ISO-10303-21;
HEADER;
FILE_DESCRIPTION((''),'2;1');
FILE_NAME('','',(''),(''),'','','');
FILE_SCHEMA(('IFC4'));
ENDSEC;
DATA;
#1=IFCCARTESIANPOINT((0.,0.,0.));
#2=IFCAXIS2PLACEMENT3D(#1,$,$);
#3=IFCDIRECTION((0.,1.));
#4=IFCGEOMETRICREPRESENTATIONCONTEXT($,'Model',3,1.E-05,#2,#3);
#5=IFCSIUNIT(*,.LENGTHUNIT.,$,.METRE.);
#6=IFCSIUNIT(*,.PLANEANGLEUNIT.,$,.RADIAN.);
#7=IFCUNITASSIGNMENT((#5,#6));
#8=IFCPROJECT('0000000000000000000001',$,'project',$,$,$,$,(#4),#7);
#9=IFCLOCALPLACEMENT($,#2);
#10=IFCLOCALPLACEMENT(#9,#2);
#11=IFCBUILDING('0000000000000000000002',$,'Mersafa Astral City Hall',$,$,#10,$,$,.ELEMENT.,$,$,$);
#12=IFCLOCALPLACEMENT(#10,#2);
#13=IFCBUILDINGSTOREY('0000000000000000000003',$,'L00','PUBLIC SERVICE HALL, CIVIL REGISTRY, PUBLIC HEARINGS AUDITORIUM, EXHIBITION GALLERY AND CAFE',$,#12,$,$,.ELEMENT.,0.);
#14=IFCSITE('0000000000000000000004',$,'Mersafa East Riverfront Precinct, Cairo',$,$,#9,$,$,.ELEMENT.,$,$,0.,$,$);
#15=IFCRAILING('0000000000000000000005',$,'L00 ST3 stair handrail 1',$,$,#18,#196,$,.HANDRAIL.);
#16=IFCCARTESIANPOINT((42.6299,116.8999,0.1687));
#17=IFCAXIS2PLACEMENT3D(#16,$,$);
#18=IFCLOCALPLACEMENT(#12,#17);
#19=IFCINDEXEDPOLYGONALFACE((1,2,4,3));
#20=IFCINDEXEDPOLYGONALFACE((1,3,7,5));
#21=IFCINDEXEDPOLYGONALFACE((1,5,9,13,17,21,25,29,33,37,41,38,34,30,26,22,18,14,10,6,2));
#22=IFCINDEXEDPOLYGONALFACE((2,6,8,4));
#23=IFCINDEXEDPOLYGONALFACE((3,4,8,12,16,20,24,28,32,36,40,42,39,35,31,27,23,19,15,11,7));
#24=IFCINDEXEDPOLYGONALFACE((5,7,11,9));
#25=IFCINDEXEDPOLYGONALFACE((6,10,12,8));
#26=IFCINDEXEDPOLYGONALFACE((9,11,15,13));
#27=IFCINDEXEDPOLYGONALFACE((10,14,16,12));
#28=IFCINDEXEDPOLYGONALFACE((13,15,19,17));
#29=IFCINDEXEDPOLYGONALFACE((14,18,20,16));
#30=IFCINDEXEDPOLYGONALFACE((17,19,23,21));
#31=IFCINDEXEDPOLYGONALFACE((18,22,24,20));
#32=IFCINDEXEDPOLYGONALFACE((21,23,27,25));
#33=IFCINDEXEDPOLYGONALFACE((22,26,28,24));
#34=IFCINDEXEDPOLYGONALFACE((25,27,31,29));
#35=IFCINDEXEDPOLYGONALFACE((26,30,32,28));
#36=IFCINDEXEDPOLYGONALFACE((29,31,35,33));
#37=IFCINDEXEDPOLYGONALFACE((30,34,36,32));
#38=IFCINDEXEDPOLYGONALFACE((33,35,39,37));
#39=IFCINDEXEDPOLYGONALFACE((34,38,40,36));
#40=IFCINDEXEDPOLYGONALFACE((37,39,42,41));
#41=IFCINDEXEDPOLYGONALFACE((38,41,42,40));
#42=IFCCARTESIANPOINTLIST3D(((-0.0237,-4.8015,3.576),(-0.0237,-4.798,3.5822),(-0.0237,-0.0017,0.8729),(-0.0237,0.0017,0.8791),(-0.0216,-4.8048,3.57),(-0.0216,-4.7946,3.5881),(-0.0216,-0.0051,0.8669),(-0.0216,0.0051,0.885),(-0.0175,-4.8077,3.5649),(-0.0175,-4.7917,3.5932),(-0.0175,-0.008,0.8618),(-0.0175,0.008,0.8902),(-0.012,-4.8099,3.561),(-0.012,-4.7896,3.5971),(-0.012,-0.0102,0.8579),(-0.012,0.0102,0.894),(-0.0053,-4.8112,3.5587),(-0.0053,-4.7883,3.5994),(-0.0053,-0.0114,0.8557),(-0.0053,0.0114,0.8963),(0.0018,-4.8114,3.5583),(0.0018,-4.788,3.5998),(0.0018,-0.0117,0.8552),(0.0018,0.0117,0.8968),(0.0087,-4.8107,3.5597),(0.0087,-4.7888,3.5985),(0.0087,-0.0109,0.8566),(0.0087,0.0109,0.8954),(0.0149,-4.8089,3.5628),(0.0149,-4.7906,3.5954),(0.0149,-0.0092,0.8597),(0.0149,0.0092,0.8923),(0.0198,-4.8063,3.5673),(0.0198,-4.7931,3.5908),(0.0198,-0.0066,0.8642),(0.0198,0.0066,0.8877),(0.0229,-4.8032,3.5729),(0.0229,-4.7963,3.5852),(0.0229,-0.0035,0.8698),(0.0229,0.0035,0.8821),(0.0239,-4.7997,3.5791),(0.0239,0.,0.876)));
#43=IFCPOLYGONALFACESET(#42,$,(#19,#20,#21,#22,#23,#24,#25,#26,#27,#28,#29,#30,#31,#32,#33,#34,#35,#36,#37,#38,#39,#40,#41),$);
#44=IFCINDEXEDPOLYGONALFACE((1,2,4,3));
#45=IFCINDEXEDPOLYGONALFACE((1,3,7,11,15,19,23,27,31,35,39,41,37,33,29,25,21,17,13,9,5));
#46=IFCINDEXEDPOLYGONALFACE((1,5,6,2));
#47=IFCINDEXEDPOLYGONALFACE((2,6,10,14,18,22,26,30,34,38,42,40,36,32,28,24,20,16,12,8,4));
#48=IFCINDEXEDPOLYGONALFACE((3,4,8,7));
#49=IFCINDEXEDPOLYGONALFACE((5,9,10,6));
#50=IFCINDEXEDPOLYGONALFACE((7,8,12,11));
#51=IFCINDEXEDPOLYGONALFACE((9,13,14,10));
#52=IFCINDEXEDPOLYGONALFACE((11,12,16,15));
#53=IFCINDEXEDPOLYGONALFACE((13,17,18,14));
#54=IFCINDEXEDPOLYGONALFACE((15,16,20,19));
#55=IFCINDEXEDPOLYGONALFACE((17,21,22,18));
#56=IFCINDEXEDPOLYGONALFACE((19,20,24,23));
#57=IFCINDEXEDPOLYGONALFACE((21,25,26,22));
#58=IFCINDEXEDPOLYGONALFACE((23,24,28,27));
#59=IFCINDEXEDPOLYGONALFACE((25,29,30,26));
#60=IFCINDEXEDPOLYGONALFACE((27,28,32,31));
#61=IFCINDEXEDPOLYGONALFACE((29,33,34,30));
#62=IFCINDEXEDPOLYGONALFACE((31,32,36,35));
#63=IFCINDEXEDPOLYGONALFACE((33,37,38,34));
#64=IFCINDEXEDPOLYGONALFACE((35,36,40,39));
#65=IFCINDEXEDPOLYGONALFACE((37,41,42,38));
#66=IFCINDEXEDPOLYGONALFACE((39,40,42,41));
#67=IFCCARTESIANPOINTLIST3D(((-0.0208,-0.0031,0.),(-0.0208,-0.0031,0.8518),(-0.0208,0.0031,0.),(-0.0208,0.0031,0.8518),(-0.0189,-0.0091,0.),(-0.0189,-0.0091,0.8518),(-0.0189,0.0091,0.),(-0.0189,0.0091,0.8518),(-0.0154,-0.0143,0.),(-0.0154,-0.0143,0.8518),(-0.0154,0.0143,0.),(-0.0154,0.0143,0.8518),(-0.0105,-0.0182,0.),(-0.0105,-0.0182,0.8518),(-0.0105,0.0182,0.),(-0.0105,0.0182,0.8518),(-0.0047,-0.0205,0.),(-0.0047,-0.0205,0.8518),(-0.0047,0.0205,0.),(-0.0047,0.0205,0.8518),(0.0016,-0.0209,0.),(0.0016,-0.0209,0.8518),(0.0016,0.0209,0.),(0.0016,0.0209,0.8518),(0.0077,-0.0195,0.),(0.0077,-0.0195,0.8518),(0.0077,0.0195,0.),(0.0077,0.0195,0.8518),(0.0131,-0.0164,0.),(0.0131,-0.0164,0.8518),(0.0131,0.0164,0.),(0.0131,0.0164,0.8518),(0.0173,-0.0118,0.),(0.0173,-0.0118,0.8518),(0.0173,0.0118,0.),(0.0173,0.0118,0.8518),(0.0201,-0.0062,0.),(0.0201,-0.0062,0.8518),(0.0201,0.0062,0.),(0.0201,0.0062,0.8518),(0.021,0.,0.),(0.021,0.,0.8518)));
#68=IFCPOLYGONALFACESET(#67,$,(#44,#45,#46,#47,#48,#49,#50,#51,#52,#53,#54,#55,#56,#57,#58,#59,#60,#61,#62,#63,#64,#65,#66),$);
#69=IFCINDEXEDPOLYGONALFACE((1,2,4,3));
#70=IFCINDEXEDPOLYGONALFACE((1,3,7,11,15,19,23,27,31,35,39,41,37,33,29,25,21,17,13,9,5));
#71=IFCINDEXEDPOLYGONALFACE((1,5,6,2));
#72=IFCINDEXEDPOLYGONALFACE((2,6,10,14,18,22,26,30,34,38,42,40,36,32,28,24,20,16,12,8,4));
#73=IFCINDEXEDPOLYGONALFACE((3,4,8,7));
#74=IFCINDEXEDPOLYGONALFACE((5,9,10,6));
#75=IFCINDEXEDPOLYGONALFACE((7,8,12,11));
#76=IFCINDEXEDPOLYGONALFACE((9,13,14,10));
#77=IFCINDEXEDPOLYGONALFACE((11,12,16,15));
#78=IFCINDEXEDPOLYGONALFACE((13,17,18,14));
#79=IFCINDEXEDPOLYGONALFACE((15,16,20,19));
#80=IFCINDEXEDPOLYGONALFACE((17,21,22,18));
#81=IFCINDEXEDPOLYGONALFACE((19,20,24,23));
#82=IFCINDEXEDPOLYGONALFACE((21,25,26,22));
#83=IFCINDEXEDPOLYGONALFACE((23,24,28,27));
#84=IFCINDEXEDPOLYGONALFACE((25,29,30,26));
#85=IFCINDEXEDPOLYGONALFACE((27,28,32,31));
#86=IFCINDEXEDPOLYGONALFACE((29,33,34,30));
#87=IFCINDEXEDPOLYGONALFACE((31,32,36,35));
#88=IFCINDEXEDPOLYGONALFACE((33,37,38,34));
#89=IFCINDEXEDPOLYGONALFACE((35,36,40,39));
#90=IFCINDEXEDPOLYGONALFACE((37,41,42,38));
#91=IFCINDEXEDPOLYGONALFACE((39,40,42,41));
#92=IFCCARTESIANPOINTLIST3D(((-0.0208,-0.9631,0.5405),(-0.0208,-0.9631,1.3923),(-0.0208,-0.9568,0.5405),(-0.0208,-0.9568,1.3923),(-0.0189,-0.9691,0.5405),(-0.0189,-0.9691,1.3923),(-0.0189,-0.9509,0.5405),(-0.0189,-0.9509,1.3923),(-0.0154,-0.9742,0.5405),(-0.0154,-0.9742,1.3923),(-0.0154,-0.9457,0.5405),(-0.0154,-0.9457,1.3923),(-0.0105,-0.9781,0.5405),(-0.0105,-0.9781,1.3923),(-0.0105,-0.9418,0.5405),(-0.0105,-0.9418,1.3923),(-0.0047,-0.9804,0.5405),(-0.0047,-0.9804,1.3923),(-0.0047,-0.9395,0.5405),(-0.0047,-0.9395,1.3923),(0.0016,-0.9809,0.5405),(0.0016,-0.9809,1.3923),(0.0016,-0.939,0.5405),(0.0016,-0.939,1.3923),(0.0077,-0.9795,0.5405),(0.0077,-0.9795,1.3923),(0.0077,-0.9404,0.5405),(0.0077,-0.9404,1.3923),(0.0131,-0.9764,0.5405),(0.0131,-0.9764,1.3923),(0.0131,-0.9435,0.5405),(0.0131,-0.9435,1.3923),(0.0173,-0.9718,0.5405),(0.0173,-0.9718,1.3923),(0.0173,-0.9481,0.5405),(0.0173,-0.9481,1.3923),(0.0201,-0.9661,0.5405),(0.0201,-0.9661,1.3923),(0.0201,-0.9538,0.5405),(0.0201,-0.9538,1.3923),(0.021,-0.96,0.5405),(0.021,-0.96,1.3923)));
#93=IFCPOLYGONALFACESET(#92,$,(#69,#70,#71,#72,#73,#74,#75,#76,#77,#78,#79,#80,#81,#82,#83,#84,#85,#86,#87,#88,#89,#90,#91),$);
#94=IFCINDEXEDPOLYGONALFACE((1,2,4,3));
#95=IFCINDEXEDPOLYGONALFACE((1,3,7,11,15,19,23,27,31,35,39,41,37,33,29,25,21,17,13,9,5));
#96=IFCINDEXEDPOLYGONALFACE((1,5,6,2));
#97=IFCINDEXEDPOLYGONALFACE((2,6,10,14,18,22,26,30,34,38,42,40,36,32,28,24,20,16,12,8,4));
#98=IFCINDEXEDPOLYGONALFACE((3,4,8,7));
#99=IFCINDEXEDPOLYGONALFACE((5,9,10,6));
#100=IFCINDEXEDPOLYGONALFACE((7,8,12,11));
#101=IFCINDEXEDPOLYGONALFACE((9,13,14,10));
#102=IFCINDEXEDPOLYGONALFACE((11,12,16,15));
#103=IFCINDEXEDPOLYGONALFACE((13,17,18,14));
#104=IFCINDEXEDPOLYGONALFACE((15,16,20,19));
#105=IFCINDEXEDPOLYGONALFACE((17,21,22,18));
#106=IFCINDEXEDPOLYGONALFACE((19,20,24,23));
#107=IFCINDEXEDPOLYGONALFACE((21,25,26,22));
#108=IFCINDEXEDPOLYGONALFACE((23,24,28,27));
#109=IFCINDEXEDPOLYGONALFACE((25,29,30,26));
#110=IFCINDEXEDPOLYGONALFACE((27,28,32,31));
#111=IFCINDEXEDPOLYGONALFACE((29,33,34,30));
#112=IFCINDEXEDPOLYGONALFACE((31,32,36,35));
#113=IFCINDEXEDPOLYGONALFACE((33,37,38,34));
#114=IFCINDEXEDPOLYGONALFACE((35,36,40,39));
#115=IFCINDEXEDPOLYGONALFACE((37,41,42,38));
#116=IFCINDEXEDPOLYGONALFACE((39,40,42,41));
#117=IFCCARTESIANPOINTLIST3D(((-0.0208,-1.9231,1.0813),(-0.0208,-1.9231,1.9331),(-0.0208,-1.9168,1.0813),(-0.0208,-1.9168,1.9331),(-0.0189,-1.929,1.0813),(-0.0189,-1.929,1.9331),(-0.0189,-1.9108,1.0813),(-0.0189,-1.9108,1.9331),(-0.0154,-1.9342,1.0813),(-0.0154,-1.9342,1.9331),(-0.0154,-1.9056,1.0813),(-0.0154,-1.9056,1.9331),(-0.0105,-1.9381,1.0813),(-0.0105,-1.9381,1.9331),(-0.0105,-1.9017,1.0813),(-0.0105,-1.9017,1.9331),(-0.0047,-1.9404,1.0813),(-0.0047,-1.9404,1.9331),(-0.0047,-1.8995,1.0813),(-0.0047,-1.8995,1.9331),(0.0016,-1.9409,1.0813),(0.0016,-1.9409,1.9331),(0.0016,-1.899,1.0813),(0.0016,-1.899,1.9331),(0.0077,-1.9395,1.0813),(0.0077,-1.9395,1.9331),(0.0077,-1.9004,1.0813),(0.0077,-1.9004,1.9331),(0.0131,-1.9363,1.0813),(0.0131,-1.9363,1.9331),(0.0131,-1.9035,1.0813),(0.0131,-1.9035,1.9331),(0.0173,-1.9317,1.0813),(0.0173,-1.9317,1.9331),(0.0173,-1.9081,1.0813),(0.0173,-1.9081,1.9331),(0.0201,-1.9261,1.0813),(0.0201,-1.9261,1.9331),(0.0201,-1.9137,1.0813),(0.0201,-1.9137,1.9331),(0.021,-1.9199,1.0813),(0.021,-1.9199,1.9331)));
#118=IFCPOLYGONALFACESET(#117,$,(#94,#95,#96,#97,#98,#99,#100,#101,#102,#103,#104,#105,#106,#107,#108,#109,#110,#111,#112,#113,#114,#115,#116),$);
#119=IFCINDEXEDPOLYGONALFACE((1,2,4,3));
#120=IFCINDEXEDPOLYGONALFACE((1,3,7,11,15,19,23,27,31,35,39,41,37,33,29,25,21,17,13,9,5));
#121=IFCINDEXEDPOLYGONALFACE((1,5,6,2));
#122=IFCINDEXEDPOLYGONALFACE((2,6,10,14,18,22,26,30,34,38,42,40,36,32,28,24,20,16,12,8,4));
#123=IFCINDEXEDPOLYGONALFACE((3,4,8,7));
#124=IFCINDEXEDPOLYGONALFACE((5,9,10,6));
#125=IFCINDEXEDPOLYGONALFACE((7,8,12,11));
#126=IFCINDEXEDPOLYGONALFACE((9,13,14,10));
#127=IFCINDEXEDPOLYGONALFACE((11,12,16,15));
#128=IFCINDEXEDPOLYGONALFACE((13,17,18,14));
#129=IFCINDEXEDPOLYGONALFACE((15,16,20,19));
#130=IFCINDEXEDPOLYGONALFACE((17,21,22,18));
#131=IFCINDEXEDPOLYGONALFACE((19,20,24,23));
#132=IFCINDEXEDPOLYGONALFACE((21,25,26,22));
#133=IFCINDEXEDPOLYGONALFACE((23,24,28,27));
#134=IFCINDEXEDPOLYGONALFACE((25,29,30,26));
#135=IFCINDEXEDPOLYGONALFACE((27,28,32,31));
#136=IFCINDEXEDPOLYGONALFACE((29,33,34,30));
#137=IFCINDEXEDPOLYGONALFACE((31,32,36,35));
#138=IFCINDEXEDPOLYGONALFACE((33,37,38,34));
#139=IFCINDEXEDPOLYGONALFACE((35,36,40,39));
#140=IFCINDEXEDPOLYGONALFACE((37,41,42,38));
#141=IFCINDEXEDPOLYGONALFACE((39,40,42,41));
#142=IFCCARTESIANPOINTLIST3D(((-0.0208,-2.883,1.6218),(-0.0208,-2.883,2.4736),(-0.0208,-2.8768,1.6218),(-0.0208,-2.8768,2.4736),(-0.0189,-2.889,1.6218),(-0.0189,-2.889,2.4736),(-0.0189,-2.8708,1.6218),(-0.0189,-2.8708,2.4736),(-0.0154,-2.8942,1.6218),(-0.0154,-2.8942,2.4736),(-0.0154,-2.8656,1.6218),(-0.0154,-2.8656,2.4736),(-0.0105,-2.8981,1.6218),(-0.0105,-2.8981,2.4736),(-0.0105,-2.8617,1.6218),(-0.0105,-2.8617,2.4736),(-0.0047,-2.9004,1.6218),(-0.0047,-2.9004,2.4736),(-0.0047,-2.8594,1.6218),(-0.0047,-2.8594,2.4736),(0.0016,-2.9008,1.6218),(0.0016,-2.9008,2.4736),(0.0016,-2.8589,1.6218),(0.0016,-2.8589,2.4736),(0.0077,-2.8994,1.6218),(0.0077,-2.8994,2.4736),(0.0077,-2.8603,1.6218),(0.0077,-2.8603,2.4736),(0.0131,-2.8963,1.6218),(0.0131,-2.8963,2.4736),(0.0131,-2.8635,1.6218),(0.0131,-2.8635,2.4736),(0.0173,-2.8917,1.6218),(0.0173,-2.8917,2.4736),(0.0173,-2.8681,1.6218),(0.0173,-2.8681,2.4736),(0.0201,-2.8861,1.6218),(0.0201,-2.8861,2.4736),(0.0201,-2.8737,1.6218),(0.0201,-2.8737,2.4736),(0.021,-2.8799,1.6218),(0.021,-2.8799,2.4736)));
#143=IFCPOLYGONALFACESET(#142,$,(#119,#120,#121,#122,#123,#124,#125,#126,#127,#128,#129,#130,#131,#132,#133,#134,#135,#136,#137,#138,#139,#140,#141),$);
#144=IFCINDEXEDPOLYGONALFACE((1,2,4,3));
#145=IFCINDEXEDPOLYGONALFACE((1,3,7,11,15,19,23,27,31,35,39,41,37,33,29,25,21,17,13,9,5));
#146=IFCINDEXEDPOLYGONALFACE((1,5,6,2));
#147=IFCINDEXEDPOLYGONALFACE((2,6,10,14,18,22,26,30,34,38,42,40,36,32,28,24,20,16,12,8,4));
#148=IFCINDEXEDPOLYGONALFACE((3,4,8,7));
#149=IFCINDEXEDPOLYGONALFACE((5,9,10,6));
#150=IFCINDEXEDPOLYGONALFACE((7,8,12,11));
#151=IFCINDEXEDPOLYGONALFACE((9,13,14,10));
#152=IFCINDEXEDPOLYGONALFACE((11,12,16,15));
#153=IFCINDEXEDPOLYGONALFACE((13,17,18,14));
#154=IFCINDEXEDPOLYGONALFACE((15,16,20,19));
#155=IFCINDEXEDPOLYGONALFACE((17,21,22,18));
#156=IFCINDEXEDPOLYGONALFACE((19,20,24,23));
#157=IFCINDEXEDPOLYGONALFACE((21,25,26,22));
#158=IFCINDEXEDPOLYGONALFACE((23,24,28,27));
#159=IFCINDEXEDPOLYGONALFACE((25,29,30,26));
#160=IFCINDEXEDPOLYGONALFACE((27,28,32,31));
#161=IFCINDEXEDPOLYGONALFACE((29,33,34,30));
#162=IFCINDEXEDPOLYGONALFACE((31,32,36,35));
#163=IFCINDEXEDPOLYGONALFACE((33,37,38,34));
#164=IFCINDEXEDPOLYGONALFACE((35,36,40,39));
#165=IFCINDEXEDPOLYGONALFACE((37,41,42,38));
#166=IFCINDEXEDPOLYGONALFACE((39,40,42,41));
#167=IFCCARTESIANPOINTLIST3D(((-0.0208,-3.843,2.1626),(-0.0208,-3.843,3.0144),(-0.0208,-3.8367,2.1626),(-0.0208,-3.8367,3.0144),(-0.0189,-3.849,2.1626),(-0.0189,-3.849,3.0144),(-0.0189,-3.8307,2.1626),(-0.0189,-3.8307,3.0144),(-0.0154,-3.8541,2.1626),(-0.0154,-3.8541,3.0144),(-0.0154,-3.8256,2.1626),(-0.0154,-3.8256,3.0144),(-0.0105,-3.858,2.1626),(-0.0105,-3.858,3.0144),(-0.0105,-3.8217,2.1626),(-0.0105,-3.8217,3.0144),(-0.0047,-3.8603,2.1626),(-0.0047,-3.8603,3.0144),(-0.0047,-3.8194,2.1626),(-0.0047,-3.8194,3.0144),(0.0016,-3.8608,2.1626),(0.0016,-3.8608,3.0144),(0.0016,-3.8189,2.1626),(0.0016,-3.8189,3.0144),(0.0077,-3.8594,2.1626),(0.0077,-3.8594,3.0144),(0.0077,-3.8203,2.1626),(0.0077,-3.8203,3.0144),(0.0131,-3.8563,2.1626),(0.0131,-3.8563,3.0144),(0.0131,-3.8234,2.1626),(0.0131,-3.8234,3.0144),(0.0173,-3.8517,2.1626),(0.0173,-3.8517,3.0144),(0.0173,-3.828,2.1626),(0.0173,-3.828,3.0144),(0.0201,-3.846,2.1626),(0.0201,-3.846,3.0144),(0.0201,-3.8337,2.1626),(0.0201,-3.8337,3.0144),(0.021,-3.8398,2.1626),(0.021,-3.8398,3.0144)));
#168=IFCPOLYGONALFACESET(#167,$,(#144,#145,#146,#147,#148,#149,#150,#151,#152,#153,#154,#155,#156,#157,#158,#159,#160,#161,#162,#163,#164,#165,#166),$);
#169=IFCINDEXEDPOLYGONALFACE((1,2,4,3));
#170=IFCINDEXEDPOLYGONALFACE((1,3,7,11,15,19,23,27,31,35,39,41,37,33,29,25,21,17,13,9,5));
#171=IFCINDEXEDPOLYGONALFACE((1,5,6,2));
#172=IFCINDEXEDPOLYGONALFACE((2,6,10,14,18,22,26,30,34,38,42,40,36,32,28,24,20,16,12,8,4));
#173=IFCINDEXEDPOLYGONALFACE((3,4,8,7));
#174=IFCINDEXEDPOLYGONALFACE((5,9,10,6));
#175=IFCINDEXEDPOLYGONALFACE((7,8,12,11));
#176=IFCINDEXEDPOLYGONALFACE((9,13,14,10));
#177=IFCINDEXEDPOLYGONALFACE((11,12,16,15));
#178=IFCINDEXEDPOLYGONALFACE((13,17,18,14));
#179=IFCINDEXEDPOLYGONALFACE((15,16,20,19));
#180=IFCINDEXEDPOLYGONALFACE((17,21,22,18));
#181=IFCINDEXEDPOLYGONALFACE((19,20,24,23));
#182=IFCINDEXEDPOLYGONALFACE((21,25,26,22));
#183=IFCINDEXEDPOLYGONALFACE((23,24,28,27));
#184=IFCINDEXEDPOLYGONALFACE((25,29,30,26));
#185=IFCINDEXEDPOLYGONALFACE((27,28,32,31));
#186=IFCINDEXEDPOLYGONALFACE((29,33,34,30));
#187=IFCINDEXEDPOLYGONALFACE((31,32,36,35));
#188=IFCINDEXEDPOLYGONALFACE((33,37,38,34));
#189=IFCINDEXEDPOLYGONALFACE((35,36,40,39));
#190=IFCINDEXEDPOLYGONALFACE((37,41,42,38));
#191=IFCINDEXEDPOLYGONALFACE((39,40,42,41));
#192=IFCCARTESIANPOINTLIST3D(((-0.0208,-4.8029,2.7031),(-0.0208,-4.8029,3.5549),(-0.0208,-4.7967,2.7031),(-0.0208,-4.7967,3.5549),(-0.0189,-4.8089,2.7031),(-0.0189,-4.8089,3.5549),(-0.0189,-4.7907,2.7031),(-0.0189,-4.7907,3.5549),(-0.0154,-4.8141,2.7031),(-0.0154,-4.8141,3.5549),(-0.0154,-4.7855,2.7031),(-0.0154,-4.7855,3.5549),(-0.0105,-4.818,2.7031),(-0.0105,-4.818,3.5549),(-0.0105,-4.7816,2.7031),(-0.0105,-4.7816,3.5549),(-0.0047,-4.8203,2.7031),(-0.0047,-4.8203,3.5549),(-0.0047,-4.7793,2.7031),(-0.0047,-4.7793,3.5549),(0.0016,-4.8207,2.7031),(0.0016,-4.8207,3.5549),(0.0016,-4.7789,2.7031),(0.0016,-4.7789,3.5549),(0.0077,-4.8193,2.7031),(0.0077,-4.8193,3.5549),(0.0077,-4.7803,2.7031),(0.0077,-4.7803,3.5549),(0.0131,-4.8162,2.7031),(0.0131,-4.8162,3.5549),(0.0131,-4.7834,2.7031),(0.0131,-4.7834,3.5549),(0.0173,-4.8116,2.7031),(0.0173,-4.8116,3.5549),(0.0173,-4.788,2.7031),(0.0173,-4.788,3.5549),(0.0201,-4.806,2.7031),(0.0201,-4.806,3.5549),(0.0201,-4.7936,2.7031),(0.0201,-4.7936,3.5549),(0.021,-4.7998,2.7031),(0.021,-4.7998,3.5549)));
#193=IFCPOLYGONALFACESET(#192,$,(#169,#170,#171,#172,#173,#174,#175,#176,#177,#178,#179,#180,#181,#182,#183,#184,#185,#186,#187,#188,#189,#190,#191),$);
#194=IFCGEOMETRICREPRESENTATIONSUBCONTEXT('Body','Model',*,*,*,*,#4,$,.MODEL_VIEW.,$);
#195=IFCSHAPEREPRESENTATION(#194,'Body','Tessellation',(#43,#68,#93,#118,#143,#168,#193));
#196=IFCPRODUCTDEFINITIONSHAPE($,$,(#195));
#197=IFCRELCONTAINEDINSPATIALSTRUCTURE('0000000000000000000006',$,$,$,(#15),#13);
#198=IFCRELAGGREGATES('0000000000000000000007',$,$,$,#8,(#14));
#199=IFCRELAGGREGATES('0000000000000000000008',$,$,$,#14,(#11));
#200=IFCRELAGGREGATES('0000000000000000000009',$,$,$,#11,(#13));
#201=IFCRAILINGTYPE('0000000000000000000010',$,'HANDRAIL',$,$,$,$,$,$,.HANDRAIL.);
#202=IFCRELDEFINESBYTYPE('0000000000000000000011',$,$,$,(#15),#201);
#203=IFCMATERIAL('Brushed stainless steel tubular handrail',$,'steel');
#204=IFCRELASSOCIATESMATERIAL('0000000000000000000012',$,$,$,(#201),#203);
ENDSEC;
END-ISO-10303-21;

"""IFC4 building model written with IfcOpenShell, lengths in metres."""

from ifc_helpers import new_model, si_unit, direction, frame, origin, origin_2d, place, context, subcontext, project, spatial, circle, extrude, material, type_object, element, save


model = new_model("IFC4")

# Units and contexts
model_context = context("Model", 3, precision=1e-05, world=origin(), true_north=direction((0.0, 1.0)))
body_context = subcontext(model_context, "Body", "Model", "MODEL_VIEW")
ifc_project = project(units=[si_unit("LENGTHUNIT", "METRE"), si_unit("PLANEANGLEUNIT", "RADIAN")], contexts=[model_context])

# Site, building, storey
site_placement = place(None, origin())
site = spatial("IfcSite", under=ifc_project, at=site_placement, Name="Mersafa East Riverfront Precinct, Cairo", CompositionType="ELEMENT", RefElevation=0.0)
building_placement = place(site_placement, origin())
building = spatial("IfcBuilding", under=site, at=building_placement, Name="Mersafa Astral City Hall", CompositionType="ELEMENT")
storey_placement = place(building_placement, origin())
storey = spatial("IfcBuildingStorey", under=building, at=storey_placement, Name="L00", Description="PUBLIC SERVICE HALL, CIVIL REGISTRY, PUBLIC HEARINGS AUDITORIUM, EXHIBITION GALLERY AND CAFE", CompositionType="ELEMENT", Elevation=0.0)

# Railing
ifc_material_1 = material(Name="Brushed stainless steel tubular handrail", Category="steel")
railing_type_1 = type_object("IfcRailingType", Name="HANDRAIL", PredefinedType="HANDRAIL", material=ifc_material_1)
railing_1_placement = place(storey_placement, frame((42.6299, 116.8999, 0.1687)))
element("IfcRailing", 1, at=railing_1_placement, inside=storey, type_object=railing_type_1, Name="L00 ST3 stair handrail 1", PredefinedType="HANDRAIL", context=body_context, shape_type="SweptSolid", body=[
    extrude(circle(Radius=0.0239, at=origin_2d()), frame((0.0, 0.0, 0.876), z_axis=(0.0, -0.871324, 0.490707), x_axis=(1.0, 0.0, 0.0)), (0.0, 0.0, 1.0), 5.5085),
    extrude(circle(Radius=0.021, at=origin_2d()), origin(), (0.0, 0.0, 1.0), 0.8518),
    extrude(circle(Radius=0.021, at=origin_2d()), frame((0.0, -0.96, 0.5405)), (0.0, 0.0, 1.0), 0.8518),
    extrude(circle(Radius=0.021, at=origin_2d()), frame((0.0, -1.9199, 1.0813)), (0.0, 0.0, 1.0), 0.8518),
    extrude(circle(Radius=0.021, at=origin_2d()), frame((0.0, -2.8799, 1.6218)), (0.0, 0.0, 1.0), 0.8518),
    extrude(circle(Radius=0.021, at=origin_2d()), frame((0.0, -3.8398, 2.1626)), (0.0, 0.0, 1.0), 0.8518),
    extrude(circle(Radius=0.021, at=origin_2d()), frame((0.0, -4.7998, 2.7031)), (0.0, 0.0, 1.0), 0.8518),
])

save(model, "model.ifc")
